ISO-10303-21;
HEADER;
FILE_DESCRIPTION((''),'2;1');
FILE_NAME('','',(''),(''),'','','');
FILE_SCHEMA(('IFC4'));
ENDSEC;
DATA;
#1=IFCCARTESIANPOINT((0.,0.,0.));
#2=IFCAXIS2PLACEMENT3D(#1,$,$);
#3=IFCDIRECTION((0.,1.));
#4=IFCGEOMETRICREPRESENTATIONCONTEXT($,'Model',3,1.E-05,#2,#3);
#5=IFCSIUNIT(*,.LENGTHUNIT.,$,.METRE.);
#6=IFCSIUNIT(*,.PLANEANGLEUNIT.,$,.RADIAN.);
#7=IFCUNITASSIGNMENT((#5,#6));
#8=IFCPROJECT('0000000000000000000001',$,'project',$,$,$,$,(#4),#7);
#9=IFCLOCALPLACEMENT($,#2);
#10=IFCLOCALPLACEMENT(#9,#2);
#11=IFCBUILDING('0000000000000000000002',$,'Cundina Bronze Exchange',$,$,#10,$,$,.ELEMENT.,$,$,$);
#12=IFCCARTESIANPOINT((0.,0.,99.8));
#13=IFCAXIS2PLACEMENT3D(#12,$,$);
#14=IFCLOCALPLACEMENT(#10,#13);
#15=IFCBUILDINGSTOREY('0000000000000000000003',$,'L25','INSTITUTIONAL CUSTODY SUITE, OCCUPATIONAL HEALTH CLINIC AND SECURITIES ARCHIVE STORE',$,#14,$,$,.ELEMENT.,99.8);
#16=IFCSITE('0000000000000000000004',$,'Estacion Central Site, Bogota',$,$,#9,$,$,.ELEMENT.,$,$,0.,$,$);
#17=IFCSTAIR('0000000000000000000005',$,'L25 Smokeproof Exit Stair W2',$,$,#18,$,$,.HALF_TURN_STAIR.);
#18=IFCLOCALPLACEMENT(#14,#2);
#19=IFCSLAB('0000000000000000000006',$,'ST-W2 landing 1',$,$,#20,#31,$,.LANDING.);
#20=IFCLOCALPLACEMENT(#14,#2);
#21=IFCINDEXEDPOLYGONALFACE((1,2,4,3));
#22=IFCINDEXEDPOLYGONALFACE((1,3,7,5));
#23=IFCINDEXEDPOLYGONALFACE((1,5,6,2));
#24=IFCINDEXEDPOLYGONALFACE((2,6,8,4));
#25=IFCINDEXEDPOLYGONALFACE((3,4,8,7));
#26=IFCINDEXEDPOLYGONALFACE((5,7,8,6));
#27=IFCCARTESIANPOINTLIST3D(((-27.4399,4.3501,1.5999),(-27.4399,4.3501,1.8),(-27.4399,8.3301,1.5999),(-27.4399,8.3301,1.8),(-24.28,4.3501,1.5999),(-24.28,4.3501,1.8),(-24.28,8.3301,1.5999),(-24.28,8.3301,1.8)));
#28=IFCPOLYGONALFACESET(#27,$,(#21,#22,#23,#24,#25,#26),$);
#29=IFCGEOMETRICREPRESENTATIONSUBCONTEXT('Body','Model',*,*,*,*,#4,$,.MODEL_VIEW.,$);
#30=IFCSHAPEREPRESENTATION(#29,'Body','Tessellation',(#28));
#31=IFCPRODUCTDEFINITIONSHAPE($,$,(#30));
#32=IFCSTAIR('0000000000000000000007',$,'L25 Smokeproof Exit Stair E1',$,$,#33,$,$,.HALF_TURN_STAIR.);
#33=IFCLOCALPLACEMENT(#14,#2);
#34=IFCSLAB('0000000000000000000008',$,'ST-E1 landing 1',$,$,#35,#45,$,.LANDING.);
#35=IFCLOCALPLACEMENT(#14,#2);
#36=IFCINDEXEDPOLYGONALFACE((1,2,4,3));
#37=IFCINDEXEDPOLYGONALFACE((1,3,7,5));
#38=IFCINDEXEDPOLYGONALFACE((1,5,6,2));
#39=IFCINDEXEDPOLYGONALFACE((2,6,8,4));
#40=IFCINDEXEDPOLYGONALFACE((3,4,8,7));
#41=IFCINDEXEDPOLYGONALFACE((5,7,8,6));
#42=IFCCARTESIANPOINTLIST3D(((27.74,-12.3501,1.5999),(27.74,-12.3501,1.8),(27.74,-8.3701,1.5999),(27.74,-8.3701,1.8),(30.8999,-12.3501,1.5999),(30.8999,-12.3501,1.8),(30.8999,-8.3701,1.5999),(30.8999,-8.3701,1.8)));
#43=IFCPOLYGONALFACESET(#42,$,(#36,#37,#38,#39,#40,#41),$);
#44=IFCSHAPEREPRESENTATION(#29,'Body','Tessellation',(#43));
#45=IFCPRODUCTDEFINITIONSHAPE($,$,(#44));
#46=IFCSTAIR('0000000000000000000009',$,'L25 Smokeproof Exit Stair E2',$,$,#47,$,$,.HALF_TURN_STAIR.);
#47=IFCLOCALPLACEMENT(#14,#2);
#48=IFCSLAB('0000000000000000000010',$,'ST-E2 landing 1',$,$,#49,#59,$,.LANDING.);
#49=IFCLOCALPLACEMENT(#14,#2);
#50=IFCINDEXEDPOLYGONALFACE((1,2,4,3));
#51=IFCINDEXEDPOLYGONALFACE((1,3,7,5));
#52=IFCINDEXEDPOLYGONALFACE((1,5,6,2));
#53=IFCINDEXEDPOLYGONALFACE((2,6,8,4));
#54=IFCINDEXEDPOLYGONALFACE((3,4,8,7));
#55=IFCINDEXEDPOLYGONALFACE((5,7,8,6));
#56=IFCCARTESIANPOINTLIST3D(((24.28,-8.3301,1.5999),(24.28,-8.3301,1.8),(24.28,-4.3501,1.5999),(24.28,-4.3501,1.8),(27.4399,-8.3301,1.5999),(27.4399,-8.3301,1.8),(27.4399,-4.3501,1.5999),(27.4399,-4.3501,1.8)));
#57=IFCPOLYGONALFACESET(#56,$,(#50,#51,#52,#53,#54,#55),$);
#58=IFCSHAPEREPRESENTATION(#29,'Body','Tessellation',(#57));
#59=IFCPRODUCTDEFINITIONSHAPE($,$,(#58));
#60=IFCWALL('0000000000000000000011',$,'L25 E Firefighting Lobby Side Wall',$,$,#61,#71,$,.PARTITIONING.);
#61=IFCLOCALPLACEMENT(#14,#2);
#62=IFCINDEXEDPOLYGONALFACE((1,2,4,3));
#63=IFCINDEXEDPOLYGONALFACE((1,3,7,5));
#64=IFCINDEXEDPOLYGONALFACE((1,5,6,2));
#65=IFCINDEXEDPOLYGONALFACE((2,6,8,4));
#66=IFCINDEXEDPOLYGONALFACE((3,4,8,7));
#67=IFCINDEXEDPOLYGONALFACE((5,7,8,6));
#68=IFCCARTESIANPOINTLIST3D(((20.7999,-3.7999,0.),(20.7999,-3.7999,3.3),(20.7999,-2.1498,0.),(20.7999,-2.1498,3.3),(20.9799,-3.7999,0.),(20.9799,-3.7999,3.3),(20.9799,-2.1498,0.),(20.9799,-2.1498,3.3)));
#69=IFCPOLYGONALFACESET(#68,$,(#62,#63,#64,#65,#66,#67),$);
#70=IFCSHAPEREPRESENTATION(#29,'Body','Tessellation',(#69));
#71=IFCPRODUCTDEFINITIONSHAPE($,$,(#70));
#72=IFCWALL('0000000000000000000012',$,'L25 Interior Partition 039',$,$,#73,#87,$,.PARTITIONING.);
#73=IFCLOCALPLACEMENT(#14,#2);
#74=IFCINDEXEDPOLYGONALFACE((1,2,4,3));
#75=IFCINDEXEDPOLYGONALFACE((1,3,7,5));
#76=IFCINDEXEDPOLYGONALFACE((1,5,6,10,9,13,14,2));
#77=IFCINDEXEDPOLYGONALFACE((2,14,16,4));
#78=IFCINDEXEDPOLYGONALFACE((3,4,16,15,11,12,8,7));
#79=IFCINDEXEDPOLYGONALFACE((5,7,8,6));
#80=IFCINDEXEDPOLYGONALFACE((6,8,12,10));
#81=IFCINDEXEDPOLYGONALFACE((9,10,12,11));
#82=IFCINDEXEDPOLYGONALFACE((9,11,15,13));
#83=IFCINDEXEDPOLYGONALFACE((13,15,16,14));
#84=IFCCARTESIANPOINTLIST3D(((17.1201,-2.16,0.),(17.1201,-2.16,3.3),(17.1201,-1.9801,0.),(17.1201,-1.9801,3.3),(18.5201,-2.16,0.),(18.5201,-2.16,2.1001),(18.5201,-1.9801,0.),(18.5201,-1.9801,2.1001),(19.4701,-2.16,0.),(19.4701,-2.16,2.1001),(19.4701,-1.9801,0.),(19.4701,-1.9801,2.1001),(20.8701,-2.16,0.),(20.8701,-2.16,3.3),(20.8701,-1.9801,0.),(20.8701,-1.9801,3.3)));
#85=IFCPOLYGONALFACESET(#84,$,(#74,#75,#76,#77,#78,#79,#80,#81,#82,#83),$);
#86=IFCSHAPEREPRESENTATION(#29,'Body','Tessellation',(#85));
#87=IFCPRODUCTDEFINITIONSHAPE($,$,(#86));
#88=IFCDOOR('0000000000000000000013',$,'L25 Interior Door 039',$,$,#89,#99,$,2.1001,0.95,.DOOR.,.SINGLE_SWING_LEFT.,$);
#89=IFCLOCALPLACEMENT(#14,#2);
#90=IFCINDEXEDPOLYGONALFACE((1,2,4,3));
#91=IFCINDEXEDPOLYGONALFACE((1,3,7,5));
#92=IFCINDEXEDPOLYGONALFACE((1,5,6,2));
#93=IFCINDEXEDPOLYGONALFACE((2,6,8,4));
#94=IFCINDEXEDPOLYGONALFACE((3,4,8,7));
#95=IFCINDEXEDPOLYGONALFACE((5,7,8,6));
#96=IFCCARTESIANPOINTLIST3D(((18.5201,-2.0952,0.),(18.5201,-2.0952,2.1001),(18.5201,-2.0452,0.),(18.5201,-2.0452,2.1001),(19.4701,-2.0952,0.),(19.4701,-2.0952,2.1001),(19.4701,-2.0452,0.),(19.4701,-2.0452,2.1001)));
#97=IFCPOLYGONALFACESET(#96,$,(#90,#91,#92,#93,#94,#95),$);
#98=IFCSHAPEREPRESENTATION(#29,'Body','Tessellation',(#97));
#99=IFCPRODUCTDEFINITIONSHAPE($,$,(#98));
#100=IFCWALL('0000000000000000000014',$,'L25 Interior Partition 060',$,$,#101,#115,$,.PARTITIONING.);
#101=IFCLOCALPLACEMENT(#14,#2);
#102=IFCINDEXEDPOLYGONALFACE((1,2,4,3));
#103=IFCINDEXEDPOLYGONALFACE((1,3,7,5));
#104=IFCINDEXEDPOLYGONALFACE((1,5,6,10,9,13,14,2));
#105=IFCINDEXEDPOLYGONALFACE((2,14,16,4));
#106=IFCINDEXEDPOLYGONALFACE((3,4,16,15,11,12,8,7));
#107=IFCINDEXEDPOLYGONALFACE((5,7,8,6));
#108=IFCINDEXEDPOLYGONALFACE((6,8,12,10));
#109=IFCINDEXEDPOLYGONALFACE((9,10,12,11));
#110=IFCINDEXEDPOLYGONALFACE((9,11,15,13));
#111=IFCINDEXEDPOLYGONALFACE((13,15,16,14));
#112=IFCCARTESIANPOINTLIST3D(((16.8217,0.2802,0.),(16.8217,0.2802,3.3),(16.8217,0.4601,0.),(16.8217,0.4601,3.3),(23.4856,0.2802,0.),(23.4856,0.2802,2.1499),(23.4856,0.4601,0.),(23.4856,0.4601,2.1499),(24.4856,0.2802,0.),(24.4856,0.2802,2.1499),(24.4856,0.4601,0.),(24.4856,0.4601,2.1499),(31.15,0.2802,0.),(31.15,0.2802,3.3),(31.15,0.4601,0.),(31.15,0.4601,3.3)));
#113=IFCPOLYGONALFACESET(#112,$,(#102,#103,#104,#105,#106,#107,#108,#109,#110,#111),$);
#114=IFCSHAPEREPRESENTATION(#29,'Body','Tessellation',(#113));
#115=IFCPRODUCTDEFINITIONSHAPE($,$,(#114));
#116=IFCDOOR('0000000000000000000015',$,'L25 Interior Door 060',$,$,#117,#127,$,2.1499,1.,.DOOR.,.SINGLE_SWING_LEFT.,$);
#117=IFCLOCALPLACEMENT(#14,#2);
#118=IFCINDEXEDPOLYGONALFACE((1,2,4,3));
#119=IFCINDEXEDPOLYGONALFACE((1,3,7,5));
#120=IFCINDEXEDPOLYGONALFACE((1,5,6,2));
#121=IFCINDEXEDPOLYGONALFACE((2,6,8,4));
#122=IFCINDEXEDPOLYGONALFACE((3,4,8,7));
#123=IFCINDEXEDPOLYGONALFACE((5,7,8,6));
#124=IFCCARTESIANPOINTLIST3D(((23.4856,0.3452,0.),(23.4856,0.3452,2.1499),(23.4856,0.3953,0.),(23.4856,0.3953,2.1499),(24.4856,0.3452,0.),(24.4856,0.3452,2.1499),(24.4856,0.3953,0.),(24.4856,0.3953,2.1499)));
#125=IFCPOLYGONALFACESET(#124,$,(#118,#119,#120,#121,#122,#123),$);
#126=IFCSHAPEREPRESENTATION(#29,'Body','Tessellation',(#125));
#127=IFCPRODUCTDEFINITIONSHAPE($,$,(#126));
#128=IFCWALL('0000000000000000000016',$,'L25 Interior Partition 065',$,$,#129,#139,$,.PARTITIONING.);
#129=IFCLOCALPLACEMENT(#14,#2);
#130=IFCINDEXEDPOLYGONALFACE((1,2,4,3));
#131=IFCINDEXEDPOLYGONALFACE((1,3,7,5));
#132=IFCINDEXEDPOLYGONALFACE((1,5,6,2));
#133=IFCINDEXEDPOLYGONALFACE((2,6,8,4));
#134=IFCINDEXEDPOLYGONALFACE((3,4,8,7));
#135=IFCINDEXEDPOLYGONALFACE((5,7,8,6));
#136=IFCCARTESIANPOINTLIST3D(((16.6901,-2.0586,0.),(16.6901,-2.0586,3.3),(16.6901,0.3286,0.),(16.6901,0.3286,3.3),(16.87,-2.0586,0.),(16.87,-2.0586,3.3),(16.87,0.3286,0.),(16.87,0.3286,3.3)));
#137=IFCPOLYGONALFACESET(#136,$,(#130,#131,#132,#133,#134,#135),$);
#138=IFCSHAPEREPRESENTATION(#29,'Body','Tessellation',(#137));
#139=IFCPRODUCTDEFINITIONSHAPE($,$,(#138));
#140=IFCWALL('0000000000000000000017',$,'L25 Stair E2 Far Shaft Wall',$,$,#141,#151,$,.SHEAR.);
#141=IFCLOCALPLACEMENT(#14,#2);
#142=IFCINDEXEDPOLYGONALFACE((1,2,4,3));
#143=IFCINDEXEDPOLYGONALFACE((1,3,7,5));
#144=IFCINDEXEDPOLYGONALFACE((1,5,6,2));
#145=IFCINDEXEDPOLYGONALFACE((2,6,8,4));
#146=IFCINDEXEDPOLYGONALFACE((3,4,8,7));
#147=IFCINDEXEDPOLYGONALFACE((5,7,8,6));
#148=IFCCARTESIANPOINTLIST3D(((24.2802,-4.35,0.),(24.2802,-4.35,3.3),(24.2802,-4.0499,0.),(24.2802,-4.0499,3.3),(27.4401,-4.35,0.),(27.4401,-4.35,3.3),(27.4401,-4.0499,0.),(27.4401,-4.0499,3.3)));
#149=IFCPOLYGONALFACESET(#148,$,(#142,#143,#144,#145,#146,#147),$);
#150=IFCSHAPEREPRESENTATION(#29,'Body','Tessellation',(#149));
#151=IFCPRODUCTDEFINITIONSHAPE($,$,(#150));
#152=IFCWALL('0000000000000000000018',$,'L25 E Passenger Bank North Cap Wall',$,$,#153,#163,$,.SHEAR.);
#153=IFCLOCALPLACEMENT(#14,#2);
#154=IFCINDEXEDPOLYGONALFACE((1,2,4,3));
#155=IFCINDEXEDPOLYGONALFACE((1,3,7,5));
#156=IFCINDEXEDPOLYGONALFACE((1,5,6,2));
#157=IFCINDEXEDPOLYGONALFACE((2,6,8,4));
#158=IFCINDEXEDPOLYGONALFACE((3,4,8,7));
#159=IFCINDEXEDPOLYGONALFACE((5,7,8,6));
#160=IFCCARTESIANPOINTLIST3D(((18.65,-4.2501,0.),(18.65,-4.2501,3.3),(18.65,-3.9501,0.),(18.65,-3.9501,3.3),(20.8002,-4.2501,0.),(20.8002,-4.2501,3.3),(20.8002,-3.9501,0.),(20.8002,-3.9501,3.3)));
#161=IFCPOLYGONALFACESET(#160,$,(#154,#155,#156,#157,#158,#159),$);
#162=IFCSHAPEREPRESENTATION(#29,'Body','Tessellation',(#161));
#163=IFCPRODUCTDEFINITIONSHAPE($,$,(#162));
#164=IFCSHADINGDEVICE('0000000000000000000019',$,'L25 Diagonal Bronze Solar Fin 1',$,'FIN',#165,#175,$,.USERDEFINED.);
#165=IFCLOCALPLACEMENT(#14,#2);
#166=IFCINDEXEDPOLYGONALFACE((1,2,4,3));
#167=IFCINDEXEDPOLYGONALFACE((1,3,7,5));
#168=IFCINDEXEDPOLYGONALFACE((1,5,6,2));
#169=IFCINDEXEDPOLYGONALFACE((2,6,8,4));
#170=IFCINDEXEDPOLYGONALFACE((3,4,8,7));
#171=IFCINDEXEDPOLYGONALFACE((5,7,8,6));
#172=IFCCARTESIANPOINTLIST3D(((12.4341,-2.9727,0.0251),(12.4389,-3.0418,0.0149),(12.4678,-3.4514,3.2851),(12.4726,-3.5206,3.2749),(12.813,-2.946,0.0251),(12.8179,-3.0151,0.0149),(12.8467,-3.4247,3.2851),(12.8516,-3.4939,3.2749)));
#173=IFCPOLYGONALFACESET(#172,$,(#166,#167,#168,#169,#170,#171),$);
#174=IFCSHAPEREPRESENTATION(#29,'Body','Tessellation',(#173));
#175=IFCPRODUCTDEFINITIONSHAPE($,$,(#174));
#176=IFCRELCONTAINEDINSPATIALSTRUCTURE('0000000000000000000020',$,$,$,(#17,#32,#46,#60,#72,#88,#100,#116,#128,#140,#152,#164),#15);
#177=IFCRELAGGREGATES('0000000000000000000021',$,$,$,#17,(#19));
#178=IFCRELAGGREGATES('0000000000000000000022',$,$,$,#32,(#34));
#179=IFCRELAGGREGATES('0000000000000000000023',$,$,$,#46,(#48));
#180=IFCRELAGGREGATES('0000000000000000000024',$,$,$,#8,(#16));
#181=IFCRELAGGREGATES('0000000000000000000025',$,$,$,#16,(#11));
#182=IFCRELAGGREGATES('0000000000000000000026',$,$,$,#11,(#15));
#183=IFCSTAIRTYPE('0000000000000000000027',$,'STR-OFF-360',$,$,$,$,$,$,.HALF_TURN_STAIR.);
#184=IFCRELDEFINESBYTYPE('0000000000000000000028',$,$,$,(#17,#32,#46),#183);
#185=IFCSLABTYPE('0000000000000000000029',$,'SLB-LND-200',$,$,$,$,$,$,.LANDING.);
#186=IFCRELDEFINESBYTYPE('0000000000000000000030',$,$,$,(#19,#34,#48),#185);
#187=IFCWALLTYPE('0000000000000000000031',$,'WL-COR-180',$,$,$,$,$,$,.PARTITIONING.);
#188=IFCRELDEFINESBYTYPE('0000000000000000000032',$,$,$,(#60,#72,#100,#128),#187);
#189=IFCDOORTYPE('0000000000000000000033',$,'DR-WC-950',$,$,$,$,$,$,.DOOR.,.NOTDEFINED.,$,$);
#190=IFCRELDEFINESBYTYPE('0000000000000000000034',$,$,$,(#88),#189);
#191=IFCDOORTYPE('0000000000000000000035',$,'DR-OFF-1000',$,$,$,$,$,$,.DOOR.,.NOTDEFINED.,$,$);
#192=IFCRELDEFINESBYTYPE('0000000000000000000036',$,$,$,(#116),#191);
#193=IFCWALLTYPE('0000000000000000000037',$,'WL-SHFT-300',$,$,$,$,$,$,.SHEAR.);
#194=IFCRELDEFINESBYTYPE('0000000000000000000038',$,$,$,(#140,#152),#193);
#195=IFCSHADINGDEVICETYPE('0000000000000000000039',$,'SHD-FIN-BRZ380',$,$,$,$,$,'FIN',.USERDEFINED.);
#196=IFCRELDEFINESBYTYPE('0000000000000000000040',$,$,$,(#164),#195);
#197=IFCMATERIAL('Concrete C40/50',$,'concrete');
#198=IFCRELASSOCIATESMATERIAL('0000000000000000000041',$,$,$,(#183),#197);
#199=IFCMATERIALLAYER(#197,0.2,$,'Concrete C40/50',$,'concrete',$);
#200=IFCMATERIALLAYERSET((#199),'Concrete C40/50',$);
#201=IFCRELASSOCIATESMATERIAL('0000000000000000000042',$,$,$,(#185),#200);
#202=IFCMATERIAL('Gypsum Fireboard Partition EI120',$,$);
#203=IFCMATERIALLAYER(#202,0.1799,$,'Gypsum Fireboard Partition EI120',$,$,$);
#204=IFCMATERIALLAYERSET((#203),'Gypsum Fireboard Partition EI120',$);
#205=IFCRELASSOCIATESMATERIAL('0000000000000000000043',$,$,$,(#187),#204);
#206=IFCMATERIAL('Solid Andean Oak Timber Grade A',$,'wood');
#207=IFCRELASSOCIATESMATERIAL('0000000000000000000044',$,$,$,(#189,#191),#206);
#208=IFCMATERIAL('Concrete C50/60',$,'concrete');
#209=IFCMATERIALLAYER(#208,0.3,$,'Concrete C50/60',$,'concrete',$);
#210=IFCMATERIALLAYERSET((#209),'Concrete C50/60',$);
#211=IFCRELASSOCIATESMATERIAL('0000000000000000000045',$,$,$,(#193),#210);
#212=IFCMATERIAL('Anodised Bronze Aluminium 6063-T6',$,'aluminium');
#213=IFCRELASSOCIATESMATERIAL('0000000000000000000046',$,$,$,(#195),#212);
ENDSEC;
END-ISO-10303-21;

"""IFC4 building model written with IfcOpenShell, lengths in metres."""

from ifc_helpers import new_model, si_unit, direction, frame, frame_2d, origin, origin_2d, place, context, subcontext, project, spatial, polyline, rectangle, outline, extrude, material, layer, layer_set, material_profile, profile_set, type_object, element, fill, aggregate, save


model = new_model("IFC4")

# Units and contexts
model_context = context("Model", 3, precision=1e-05, world=origin(), true_north=direction((0.0, 1.0)))
body_context = subcontext(model_context, "Body", "Model", "MODEL_VIEW")
ifc_project = project(units=[si_unit("LENGTHUNIT", "METRE"), si_unit("PLANEANGLEUNIT", "RADIAN")], contexts=[model_context])

# Site, building, storey
site_placement = place(None, origin())
site = spatial("IfcSite", under=ifc_project, at=site_placement, Name="Estacion Central Site, Bogota", CompositionType="ELEMENT", RefElevation=0.0)
building_placement = place(site_placement, origin())
building = spatial("IfcBuilding", under=site, at=building_placement, Name="Cundina Bronze Exchange", CompositionType="ELEMENT")
storey_placement = place(building_placement, frame((0.0, 0.0, 99.8)))
storey = spatial("IfcBuildingStorey", under=building, at=storey_placement, Name="L25", Description="INSTITUTIONAL CUSTODY SUITE, OCCUPATIONAL HEALTH CLINIC AND SECURITIES ARCHIVE STORE", CompositionType="ELEMENT", Elevation=99.8)

# Shared definitions
ifc_material_1 = material(Name="Anodised Bronze Aluminium 6063-T6", Category="aluminium")

# Stairs, slabs
ifc_material_2 = material(Name="Concrete C40/50", Category="concrete")
stair_type = type_object("IfcStairType", Name="STR-OFF-360", PredefinedType="HALF_TURN_STAIR", material=ifc_material_2)
stair_1_placement = place(storey_placement, origin())
stair_1 = element("IfcStair", 1, at=stair_1_placement, inside=storey, type_object=stair_type, Name="L25 Smokeproof Exit Stair W2", PredefinedType="HALF_TURN_STAIR")
ifc_layer_1 = layer(ifc_material_2, 0.2, Name="Concrete C40/50", Category="concrete")
ifc_layer_set_1 = layer_set([ifc_layer_1], Name="Concrete C40/50")
slab_type = type_object("IfcSlabType", Name="SLB-LND-200", PredefinedType="LANDING", material=ifc_layer_set_1)
slab_1_placement = place(storey_placement, frame((0.0, 0.0, 1.5999)))
slab_1 = element("IfcSlab", 2, at=slab_1_placement, type_object=slab_type, Name="ST-W2 landing 1", PredefinedType="LANDING", context=body_context, shape_type="SweptSolid", body=[
    extrude(outline(polyline([(-27.4399, 8.3301), (-27.4399, 4.3501), (-24.28, 4.3501), (-24.28, 8.3301), (-27.4399, 8.3301)])), origin(), (0.0, 0.0, 1.0), 0.2002),
])
aggregate(stair_1, [slab_1])
stair_2_placement = place(storey_placement, origin())
stair_2 = element("IfcStair", 3, at=stair_2_placement, inside=storey, type_object=stair_type, Name="L25 Smokeproof Exit Stair E1", PredefinedType="HALF_TURN_STAIR")
slab_2_placement = place(storey_placement, frame((0.0, 0.0, 1.5999)))
slab_2 = element("IfcSlab", 4, at=slab_2_placement, type_object=slab_type, Name="ST-E1 landing 1", PredefinedType="LANDING", context=body_context, shape_type="SweptSolid", body=[
    extrude(outline(polyline([(27.74, -8.3701), (27.74, -12.3501), (30.8999, -12.3501), (30.8999, -8.3701), (27.74, -8.3701)])), origin(), (0.0, 0.0, 1.0), 0.2002),
])
aggregate(stair_2, [slab_2])
stair_3_placement = place(storey_placement, origin())
stair_3 = element("IfcStair", 5, at=stair_3_placement, inside=storey, type_object=stair_type, Name="L25 Smokeproof Exit Stair E2", PredefinedType="HALF_TURN_STAIR")
slab_3_placement = place(storey_placement, frame((0.0, 0.0, 1.5999)))
slab_3 = element("IfcSlab", 6, at=slab_3_placement, type_object=slab_type, Name="ST-E2 landing 1", PredefinedType="LANDING", context=body_context, shape_type="SweptSolid", body=[
    extrude(outline(polyline([(27.4399, -8.3301), (27.4399, -4.3501), (24.28, -4.3501), (24.28, -8.3301), (27.4399, -8.3301)])), origin(), (0.0, 0.0, 1.0), 0.2002),
])
aggregate(stair_3, [slab_3])

# Wall
ifc_material_3 = material(Name="Gypsum Fireboard Partition EI120")
ifc_layer_2 = layer(ifc_material_3, 0.1799, Name="Gypsum Fireboard Partition EI120")
ifc_layer_set_2 = layer_set([ifc_layer_2], Name="Gypsum Fireboard Partition EI120")
wall_type_1 = type_object("IfcWallType", Name="WL-COR-180", PredefinedType="PARTITIONING", material=ifc_layer_set_2)
wall_1_placement = place(storey_placement, frame((20.8899, -3.8, 0.0), z_axis=(0.0, 0.0, 1.0), x_axis=(0.0, 1.0, 0.0)))
element("IfcWall", 7, at=wall_1_placement, inside=storey, type_object=wall_type_1, Name="L25 E Firefighting Lobby Side Wall", PredefinedType="PARTITIONING", context=body_context, shape_type="SweptSolid", body=[
    extrude(rectangle(XDim=1.6501, YDim=0.1799, at=frame_2d((0.8252, 0.0))), origin(), (0.0, 0.0, 1.0), 3.3),
])

# Walls, openings, doors
wall_2_placement = place(storey_placement, frame((17.1201, -2.0701, 0.0), z_axis=(0.0, 0.0, 1.0), x_axis=(1.0, 0.0, 0.0)))
wall_2 = element("IfcWall", 8, at=wall_2_placement, inside=storey, type_object=wall_type_1, Name="L25 Interior Partition 039", PredefinedType="PARTITIONING", context=body_context, shape_type="SweptSolid", body=[
    extrude(rectangle(XDim=3.75, YDim=0.1799, at=frame_2d((1.875, 0.0))), origin(), (0.0, 0.0, 1.0), 3.3),
])
opening_1_placement = place(wall_2_placement, frame((1.3999, 0.0, 0.0)))
opening_1 = element("IfcOpeningElement", 9, at=opening_1_placement, cuts=wall_2, PredefinedType="OPENING", context=body_context, shape_type="SweptSolid", body=[
    extrude(rectangle(XDim=0.95, YDim=2.1001, at=frame_2d((0.4751, 1.05))), frame((0.0, 0.0999, 0.0), z_axis=(0.0, -1.0, 0.0), x_axis=(1.0, 0.0, 0.0)), (0.0, 0.0, 1.0), 0.2),
])
ifc_material_4 = material(Name="Solid Andean Oak Timber Grade A", Category="wood")
door_type_1 = type_object("IfcDoorType", Name="DR-WC-950", OperationType="NOTDEFINED", PredefinedType="DOOR", material=ifc_material_4)
door_1_placement = place(opening_1_placement, origin())
door_1 = element("IfcDoor", 10, at=door_1_placement, inside=storey, type_object=door_type_1, Name="L25 Interior Door 039", OperationType="SINGLE_SWING_LEFT", OverallHeight=2.1001, OverallWidth=0.95, PredefinedType="DOOR", context=body_context, shape_type="SweptSolid", body=[
    extrude(rectangle(XDim=0.95, YDim=2.1001, at=frame_2d((0.4751, 1.05))), frame((0.0, 0.0249, 0.0), z_axis=(0.0, -1.0, 0.0), x_axis=(1.0, 0.0, 0.0)), (0.0, 0.0, 1.0), 0.05),
])
fill(opening_1, door_1)
wall_3_placement = place(storey_placement, frame((31.1499, 0.3701, 0.0), z_axis=(0.0, 0.0, 1.0), x_axis=(-1.0, 0.0, 0.0)))
wall_3 = element("IfcWall", 11, at=wall_3_placement, inside=storey, type_object=wall_type_1, Name="L25 Interior Partition 060", PredefinedType="PARTITIONING", context=body_context, shape_type="SweptSolid", body=[
    extrude(rectangle(XDim=14.3284, YDim=0.1799, at=frame_2d((7.1641, 0.0))), origin(), (0.0, 0.0, 1.0), 3.3),
])
opening_2_placement = place(wall_3_placement, frame((6.6643, 0.0, 0.0)))
opening_2 = element("IfcOpeningElement", 12, at=opening_2_placement, cuts=wall_3, PredefinedType="OPENING", context=body_context, shape_type="SweptSolid", body=[
    extrude(rectangle(XDim=1.0, YDim=2.1499, at=frame_2d((0.5, 1.075))), frame((0.0, 0.0999, 0.0), z_axis=(0.0, -1.0, 0.0), x_axis=(1.0, 0.0, 0.0)), (0.0, 0.0, 1.0), 0.2),
])
door_type_2 = type_object("IfcDoorType", Name="DR-OFF-1000", OperationType="NOTDEFINED", PredefinedType="DOOR", material=ifc_material_4)
door_2_placement = place(opening_2_placement, origin())
door_2 = element("IfcDoor", 13, at=door_2_placement, inside=storey, type_object=door_type_2, Name="L25 Interior Door 060", OperationType="SINGLE_SWING_LEFT", OverallHeight=2.1499, OverallWidth=1.0, PredefinedType="DOOR", context=body_context, shape_type="SweptSolid", body=[
    extrude(rectangle(XDim=1.0, YDim=2.1499, at=frame_2d((0.5, 1.075))), frame((0.0, 0.0249, 0.0), z_axis=(0.0, -1.0, 0.0), x_axis=(1.0, 0.0, 0.0)), (0.0, 0.0, 1.0), 0.05),
])
fill(opening_2, door_2)

# Wall
wall_4_placement = place(storey_placement, frame((16.78, 0.3286, 0.0), z_axis=(0.0, 0.0, 1.0), x_axis=(0.0, -1.0, 0.0)))
element("IfcWall", 14, at=wall_4_placement, inside=storey, type_object=wall_type_1, Name="L25 Interior Partition 065", PredefinedType="PARTITIONING", context=body_context, shape_type="SweptSolid", body=[
    extrude(rectangle(XDim=2.3872, YDim=0.1799, at=frame_2d((1.1936, 0.0))), origin(), (0.0, 0.0, 1.0), 3.3),
])

# Shared definitions
ifc_material_5 = material(Name="Concrete C50/60", Category="concrete")
ifc_layer_3 = layer(ifc_material_5, 0.3, Name="Concrete C50/60", Category="concrete")
ifc_layer_set_3 = layer_set([ifc_layer_3], Name="Concrete C50/60")
wall_type_2 = type_object("IfcWallType", Name="WL-SHFT-300", PredefinedType="SHEAR", material=ifc_layer_set_3)

# Walls
wall_5_placement = place(storey_placement, frame((24.28, -4.2, 0.0), z_axis=(0.0, 0.0, 1.0), x_axis=(1.0, 0.0, 0.0)))
element("IfcWall", 15, at=wall_5_placement, inside=storey, type_object=wall_type_2, Name="L25 Stair E2 Far Shaft Wall", PredefinedType="SHEAR", context=body_context, shape_type="SweptSolid", body=[
    extrude(rectangle(XDim=3.1599, YDim=0.3, at=frame_2d((1.5801, 0.0))), origin(), (0.0, 0.0, 1.0), 3.3),
])
wall_6_placement = place(storey_placement, frame((18.6499, -4.1001, 0.0), z_axis=(0.0, 0.0, 1.0), x_axis=(1.0, 0.0, 0.0)))
element("IfcWall", 16, at=wall_6_placement, inside=storey, type_object=wall_type_2, Name="L25 E Passenger Bank North Cap Wall", PredefinedType="SHEAR", context=body_context, shape_type="SweptSolid", body=[
    extrude(rectangle(XDim=2.1501, YDim=0.3, at=frame_2d((1.0752, 0.0))), origin(), (0.0, 0.0, 1.0), 3.3),
])

# Shading device
ifc_material_profile_1 = material_profile(ifc_material_1, rectangle(XDim=0.0701, YDim=0.3799, at=origin_2d()), Name="FIN70X380", Category="aluminium")
ifc_profile_set_1 = profile_set([ifc_material_profile_1], Name="Anodised Bronze Aluminium 6063-T6")
shading_device_type = type_object("IfcShadingDeviceType", Name="SHD-FIN-BRZ380", ElementType="FIN", PredefinedType="USERDEFINED", material=ifc_profile_set_1)
shading_device_placement = place(storey_placement, frame((12.626, -2.9939, 0.02), z_axis=(0.010225, -0.145292, 0.989336), x_axis=(-0.06945, 0.986895, 0.145652)))
element("IfcShadingDevice", 17, at=shading_device_placement, inside=storey, type_object=shading_device_type, Name="L25 Diagonal Bronze Solar Fin 1", ObjectType="FIN", PredefinedType="USERDEFINED", context=body_context, shape_type="SweptSolid", body=[
    extrude(rectangle(XDim=0.0701, YDim=0.3799, at=origin_2d()), origin(), (0.0, 0.0, 1.0), 3.2952),
])

save(model, "model.ifc")
